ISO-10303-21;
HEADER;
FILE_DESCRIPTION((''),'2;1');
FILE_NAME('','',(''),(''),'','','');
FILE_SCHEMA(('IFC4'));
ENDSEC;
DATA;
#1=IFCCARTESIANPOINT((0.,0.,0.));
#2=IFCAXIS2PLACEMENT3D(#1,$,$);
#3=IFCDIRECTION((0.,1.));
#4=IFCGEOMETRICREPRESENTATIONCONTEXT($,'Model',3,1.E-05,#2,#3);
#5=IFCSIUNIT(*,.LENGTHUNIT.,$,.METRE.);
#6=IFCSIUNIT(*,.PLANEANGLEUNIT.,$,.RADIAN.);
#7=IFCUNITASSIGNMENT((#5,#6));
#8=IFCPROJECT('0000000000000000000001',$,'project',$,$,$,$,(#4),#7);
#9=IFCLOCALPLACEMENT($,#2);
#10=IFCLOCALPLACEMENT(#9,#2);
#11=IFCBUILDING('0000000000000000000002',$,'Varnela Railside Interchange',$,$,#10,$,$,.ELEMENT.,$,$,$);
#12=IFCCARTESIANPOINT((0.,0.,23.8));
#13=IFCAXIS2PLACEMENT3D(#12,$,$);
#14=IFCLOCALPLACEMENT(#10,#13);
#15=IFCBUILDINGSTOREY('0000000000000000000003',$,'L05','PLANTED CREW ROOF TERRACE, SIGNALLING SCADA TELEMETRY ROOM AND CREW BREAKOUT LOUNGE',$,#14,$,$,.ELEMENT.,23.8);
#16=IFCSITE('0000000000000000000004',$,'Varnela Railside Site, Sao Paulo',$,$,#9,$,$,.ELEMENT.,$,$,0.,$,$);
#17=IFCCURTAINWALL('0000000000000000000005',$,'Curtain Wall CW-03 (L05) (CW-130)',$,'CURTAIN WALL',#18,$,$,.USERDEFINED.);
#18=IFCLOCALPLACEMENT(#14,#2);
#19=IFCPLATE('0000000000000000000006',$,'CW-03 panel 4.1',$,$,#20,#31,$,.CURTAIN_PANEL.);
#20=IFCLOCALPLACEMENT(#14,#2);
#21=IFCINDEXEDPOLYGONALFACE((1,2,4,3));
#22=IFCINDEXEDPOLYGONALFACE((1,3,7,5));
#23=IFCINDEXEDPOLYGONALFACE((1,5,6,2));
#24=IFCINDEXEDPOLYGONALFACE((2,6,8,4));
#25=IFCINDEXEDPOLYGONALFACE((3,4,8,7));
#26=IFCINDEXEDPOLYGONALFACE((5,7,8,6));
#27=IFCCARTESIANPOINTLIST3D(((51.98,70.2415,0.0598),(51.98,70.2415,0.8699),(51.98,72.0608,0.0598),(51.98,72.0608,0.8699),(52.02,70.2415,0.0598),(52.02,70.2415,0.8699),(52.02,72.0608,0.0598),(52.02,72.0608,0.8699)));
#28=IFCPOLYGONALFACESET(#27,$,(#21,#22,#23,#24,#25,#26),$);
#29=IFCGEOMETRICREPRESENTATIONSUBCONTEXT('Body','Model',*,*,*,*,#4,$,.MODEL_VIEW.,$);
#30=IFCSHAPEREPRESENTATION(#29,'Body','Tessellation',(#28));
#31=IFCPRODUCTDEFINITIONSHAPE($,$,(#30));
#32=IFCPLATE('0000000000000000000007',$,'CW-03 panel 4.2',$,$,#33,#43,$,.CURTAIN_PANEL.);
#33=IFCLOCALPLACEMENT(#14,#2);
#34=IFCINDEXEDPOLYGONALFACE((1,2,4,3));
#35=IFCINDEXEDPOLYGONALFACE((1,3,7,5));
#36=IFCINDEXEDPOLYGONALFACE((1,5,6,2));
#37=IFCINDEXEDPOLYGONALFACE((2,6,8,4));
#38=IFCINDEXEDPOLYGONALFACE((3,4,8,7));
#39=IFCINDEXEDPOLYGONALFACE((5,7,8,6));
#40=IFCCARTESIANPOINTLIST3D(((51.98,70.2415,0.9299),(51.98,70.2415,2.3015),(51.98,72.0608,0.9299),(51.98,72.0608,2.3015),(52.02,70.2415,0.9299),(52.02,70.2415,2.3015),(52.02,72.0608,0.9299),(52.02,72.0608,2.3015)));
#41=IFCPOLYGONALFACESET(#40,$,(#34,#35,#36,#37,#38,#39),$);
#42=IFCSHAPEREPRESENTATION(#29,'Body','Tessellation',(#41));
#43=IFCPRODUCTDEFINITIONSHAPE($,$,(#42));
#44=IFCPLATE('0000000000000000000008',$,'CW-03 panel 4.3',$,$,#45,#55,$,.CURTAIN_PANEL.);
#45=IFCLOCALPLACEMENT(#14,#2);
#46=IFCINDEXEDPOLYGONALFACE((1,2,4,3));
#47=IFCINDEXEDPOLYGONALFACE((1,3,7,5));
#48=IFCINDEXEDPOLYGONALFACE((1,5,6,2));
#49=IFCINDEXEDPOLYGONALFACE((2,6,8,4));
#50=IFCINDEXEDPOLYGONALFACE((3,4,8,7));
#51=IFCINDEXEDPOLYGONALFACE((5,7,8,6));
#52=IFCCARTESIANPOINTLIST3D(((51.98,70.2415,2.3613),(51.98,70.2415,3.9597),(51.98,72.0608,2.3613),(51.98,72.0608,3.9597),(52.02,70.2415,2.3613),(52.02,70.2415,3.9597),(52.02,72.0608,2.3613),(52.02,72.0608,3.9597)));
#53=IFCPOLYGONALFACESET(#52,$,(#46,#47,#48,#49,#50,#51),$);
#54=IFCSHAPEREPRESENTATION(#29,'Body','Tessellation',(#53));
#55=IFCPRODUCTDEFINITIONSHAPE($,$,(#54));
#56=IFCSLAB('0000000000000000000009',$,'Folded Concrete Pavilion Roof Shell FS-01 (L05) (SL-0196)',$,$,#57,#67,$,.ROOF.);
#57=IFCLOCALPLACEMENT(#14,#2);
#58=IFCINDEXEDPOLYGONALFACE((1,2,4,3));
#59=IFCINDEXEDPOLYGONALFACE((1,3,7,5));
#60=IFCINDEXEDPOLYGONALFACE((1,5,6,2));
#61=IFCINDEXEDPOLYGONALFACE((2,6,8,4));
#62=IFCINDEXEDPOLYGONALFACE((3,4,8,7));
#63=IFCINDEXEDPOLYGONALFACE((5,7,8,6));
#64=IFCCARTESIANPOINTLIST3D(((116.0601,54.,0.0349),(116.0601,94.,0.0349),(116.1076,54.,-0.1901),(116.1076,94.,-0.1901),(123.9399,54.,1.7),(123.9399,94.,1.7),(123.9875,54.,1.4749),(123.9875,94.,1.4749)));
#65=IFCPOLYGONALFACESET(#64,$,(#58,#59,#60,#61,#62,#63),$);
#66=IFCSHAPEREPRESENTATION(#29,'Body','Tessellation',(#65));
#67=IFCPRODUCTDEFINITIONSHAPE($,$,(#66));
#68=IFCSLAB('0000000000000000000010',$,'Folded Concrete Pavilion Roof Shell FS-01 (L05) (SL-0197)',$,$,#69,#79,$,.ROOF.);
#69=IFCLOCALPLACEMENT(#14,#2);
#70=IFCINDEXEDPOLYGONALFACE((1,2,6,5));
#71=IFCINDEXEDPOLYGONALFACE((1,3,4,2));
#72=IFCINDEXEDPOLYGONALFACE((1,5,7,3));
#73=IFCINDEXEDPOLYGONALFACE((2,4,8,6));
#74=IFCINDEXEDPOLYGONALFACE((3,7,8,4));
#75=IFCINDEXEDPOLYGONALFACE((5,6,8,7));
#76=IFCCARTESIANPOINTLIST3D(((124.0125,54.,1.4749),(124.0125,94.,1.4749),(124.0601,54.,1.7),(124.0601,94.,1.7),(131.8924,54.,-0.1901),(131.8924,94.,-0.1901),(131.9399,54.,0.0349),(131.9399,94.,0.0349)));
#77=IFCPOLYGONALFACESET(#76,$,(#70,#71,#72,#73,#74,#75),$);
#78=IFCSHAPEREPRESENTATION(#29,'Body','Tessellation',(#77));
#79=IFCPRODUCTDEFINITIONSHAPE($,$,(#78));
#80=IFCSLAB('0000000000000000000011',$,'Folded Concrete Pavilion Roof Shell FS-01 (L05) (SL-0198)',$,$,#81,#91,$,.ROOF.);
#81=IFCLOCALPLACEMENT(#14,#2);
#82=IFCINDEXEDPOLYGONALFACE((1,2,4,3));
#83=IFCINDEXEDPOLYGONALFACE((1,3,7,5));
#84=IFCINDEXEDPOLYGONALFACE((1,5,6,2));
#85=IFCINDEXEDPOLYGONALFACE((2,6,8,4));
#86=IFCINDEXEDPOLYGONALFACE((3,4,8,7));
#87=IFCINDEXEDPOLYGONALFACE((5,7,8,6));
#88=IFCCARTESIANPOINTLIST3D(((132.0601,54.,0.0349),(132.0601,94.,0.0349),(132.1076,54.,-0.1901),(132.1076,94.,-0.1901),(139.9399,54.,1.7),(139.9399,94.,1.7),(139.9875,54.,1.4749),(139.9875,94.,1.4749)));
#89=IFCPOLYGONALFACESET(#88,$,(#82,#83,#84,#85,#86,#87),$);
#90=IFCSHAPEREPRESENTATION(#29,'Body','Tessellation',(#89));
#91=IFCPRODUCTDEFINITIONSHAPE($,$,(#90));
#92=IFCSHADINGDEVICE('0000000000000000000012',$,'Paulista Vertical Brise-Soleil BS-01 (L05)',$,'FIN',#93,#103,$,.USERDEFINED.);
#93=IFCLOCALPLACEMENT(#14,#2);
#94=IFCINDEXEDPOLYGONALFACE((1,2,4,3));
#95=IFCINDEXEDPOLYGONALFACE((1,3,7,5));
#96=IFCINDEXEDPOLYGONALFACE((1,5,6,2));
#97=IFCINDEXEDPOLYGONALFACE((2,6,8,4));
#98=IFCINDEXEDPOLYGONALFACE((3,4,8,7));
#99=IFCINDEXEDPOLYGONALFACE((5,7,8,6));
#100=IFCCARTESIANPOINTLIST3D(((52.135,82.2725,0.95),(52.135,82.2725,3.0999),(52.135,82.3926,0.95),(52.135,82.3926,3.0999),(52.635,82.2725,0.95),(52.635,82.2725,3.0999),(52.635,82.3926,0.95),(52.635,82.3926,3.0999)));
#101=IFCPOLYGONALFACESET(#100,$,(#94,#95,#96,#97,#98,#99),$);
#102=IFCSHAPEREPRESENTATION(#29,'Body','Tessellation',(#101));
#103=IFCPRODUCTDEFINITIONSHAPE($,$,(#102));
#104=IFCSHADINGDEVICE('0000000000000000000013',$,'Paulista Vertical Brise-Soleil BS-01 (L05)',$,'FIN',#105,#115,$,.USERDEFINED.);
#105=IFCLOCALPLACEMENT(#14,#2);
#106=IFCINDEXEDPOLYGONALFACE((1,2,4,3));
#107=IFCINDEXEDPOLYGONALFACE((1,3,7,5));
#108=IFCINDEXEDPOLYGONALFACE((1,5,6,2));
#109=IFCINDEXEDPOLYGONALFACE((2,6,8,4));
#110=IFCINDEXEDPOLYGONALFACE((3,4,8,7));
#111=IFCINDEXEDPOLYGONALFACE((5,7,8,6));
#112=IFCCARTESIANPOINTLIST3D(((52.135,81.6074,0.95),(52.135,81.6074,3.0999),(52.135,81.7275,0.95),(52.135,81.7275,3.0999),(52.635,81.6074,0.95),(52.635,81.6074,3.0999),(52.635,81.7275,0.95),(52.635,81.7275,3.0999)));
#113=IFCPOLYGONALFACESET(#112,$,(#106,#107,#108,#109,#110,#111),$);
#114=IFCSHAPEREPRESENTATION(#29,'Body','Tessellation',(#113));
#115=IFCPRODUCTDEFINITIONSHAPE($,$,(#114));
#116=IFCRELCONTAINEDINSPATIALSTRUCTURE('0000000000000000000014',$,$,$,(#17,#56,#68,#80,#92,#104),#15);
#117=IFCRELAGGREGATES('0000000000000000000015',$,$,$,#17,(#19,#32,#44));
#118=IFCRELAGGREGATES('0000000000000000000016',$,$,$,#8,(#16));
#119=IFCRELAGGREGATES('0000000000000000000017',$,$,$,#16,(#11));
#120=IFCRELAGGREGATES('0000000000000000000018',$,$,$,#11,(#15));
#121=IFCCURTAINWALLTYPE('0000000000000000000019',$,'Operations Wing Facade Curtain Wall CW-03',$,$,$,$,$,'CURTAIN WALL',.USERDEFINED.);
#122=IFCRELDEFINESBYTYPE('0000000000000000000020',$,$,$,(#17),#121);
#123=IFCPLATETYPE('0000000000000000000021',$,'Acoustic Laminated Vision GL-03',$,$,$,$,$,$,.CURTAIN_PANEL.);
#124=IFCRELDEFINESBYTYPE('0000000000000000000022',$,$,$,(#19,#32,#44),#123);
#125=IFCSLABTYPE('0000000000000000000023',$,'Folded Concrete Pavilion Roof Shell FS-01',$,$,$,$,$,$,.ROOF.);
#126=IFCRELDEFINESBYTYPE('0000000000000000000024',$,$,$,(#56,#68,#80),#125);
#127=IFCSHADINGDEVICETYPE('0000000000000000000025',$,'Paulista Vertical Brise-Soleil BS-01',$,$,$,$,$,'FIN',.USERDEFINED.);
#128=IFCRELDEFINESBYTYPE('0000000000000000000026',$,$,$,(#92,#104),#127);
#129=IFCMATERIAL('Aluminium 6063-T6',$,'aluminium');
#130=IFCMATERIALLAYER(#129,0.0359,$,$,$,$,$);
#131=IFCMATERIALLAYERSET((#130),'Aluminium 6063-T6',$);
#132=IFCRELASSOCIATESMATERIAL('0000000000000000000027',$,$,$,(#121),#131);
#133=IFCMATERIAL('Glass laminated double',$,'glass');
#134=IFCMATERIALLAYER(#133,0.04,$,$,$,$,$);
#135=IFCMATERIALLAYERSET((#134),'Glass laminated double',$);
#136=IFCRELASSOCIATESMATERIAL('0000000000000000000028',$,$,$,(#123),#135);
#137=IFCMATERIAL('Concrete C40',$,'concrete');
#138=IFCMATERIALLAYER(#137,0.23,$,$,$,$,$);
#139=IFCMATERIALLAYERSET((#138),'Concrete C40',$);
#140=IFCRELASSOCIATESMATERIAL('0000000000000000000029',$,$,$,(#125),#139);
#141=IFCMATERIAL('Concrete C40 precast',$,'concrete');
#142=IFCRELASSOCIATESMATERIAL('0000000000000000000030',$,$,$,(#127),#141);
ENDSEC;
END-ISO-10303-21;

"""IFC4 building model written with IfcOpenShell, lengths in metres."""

from ifc_helpers import new_model, si_unit, direction, frame, origin, origin_2d, place, context, subcontext, project, spatial, polyline, rectangle, outline, extrude, material, layer, layer_set, type_object, element, aggregate, save


model = new_model("IFC4")

# Units and contexts
model_context = context("Model", 3, precision=1e-05, world=origin(), true_north=direction((0.0, 1.0)))
body_context = subcontext(model_context, "Body", "Model", "MODEL_VIEW")
ifc_project = project(units=[si_unit("LENGTHUNIT", "METRE"), si_unit("PLANEANGLEUNIT", "RADIAN")], contexts=[model_context])

# Site, building, storey
site_placement = place(None, origin())
site = spatial("IfcSite", under=ifc_project, at=site_placement, Name="Varnela Railside Site, Sao Paulo", CompositionType="ELEMENT", RefElevation=0.0)
building_placement = place(site_placement, origin())
building = spatial("IfcBuilding", under=site, at=building_placement, Name="Varnela Railside Interchange", CompositionType="ELEMENT")
storey_placement = place(building_placement, frame((0.0, 0.0, 23.8)))
storey = spatial("IfcBuildingStorey", under=building, at=storey_placement, Name="L05", Description="PLANTED CREW ROOF TERRACE, SIGNALLING SCADA TELEMETRY ROOM AND CREW BREAKOUT LOUNGE", CompositionType="ELEMENT", Elevation=23.8)

# Curtain wall, plates
ifc_material_1 = material(Name="Aluminium 6063-T6", Category="aluminium")
ifc_layer_1 = layer(ifc_material_1, 0.0359)
ifc_layer_set_1 = layer_set([ifc_layer_1], Name="Aluminium 6063-T6")
curtain_wall_type = type_object("IfcCurtainWallType", Name="Operations Wing Facade Curtain Wall CW-03", ElementType="CURTAIN WALL", PredefinedType="USERDEFINED", material=ifc_layer_set_1)
curtain_wall_placement = place(storey_placement, origin())
curtain_wall = element("IfcCurtainWall", 1, at=curtain_wall_placement, inside=storey, type_object=curtain_wall_type, Name="Curtain Wall CW-03 (L05) (CW-130)", ObjectType="CURTAIN WALL", PredefinedType="USERDEFINED")
ifc_material_2 = material(Name="Glass laminated double", Category="glass")
ifc_layer_2 = layer(ifc_material_2, 0.04)
ifc_layer_set_2 = layer_set([ifc_layer_2], Name="Glass laminated double")
plate_type = type_object("IfcPlateType", Name="Acoustic Laminated Vision GL-03", PredefinedType="CURTAIN_PANEL", material=ifc_layer_set_2)
plate_1_placement = place(storey_placement, frame((52.0, 71.1511, 0.0598), z_axis=(0.0, 0.0, 1.0), x_axis=(0.0, -1.0, 0.0)))
plate_1 = element("IfcPlate", 2, at=plate_1_placement, type_object=plate_type, Name="CW-03 panel 4.1", PredefinedType="CURTAIN_PANEL", context=body_context, shape_type="SweptSolid", body=[
    extrude(rectangle(XDim=1.8193, YDim=0.04, at=origin_2d()), origin(), (0.0, 0.0, 1.0), 0.8101),
])
plate_2_placement = place(storey_placement, frame((52.0, 71.1511, 0.9299), z_axis=(0.0, 0.0, 1.0), x_axis=(0.0, -1.0, 0.0)))
plate_2 = element("IfcPlate", 3, at=plate_2_placement, type_object=plate_type, Name="CW-03 panel 4.2", PredefinedType="CURTAIN_PANEL", context=body_context, shape_type="SweptSolid", body=[
    extrude(rectangle(XDim=1.8193, YDim=0.04, at=origin_2d()), origin(), (0.0, 0.0, 1.0), 1.3716),
])
plate_3_placement = place(storey_placement, frame((52.0, 71.1511, 2.3613), z_axis=(0.0, 0.0, 1.0), x_axis=(0.0, -1.0, 0.0)))
plate_3 = element("IfcPlate", 4, at=plate_3_placement, type_object=plate_type, Name="CW-03 panel 4.3", PredefinedType="CURTAIN_PANEL", context=body_context, shape_type="SweptSolid", body=[
    extrude(rectangle(XDim=1.8193, YDim=0.04, at=origin_2d()), origin(), (0.0, 0.0, 1.0), 1.5984),
])
aggregate(curtain_wall, [plate_1, plate_2, plate_3])

# Slabs
ifc_material_3 = material(Name="Concrete C40", Category="concrete")
ifc_layer_3 = layer(ifc_material_3, 0.23)
ifc_layer_set_3 = layer_set([ifc_layer_3], Name="Concrete C40")
slab_type = type_object("IfcSlabType", Name="Folded Concrete Pavilion Roof Shell FS-01", PredefinedType="ROOF", material=ifc_layer_set_3)
for number, where, z_axis, x_axis, name in (
    (5, (116.0601, 54.0, 0.0349), (-0.206738, 0.0, 0.978396), (0.978396, 0.0, 0.206738), "Folded Concrete Pavilion Roof Shell FS-01 (L05) (SL-0196)"),
    (6, (124.0601, 54.0, 1.7), (0.206738, 0.0, 0.978396), (0.978396, 0.0, -0.206738), "Folded Concrete Pavilion Roof Shell FS-01 (L05) (SL-0197)"),
    (7, (132.0601, 54.0, 0.0349), (-0.206738, 0.0, 0.978396), (0.978396, 0.0, 0.206738), "Folded Concrete Pavilion Roof Shell FS-01 (L05) (SL-0198)"),
):
    element("IfcSlab", number, at=place(storey_placement, frame(where, z_axis=z_axis, x_axis=x_axis)), inside=storey, type_object=slab_type, Name=name, PredefinedType="ROOF", context=body_context, shape_type="SweptSolid", body=[
        extrude(outline(polyline([(0.0, 0.0), (8.0539, 0.0), (8.0539, 40.0), (0.0, 40.0), (0.0, 0.0)])), origin(), (0.0, 0.0, -1.0), 0.23),
    ])

# Shading devices
ifc_material_4 = material(Name="Concrete C40 precast", Category="concrete")
shading_device_type = type_object("IfcShadingDeviceType", Name="Paulista Vertical Brise-Soleil BS-01", ElementType="FIN", PredefinedType="USERDEFINED", material=ifc_material_4)
for number, where, z_axis, x_axis, name in (
    (8, (52.385, 82.3325, 0.95), (0.0, 0.0, 1.0), (1.0, 0.0, 0.0), "Paulista Vertical Brise-Soleil BS-01 (L05)"),
    (9, (52.385, 81.6675, 0.95), (0.0, 0.0, 1.0), (1.0, 0.0, 0.0), "Paulista Vertical Brise-Soleil BS-01 (L05)"),
):
    element("IfcShadingDevice", number, at=place(storey_placement, frame(where, z_axis=z_axis, x_axis=x_axis)), inside=storey, type_object=shading_device_type, Name=name, ObjectType="FIN", PredefinedType="USERDEFINED", context=body_context, shape_type="SweptSolid", body=[
        extrude(rectangle(XDim=0.5, YDim=0.1201, at=origin_2d()), origin(), (0.0, 0.0, 1.0), 2.1499),
    ])

save(model, "model.ifc")
